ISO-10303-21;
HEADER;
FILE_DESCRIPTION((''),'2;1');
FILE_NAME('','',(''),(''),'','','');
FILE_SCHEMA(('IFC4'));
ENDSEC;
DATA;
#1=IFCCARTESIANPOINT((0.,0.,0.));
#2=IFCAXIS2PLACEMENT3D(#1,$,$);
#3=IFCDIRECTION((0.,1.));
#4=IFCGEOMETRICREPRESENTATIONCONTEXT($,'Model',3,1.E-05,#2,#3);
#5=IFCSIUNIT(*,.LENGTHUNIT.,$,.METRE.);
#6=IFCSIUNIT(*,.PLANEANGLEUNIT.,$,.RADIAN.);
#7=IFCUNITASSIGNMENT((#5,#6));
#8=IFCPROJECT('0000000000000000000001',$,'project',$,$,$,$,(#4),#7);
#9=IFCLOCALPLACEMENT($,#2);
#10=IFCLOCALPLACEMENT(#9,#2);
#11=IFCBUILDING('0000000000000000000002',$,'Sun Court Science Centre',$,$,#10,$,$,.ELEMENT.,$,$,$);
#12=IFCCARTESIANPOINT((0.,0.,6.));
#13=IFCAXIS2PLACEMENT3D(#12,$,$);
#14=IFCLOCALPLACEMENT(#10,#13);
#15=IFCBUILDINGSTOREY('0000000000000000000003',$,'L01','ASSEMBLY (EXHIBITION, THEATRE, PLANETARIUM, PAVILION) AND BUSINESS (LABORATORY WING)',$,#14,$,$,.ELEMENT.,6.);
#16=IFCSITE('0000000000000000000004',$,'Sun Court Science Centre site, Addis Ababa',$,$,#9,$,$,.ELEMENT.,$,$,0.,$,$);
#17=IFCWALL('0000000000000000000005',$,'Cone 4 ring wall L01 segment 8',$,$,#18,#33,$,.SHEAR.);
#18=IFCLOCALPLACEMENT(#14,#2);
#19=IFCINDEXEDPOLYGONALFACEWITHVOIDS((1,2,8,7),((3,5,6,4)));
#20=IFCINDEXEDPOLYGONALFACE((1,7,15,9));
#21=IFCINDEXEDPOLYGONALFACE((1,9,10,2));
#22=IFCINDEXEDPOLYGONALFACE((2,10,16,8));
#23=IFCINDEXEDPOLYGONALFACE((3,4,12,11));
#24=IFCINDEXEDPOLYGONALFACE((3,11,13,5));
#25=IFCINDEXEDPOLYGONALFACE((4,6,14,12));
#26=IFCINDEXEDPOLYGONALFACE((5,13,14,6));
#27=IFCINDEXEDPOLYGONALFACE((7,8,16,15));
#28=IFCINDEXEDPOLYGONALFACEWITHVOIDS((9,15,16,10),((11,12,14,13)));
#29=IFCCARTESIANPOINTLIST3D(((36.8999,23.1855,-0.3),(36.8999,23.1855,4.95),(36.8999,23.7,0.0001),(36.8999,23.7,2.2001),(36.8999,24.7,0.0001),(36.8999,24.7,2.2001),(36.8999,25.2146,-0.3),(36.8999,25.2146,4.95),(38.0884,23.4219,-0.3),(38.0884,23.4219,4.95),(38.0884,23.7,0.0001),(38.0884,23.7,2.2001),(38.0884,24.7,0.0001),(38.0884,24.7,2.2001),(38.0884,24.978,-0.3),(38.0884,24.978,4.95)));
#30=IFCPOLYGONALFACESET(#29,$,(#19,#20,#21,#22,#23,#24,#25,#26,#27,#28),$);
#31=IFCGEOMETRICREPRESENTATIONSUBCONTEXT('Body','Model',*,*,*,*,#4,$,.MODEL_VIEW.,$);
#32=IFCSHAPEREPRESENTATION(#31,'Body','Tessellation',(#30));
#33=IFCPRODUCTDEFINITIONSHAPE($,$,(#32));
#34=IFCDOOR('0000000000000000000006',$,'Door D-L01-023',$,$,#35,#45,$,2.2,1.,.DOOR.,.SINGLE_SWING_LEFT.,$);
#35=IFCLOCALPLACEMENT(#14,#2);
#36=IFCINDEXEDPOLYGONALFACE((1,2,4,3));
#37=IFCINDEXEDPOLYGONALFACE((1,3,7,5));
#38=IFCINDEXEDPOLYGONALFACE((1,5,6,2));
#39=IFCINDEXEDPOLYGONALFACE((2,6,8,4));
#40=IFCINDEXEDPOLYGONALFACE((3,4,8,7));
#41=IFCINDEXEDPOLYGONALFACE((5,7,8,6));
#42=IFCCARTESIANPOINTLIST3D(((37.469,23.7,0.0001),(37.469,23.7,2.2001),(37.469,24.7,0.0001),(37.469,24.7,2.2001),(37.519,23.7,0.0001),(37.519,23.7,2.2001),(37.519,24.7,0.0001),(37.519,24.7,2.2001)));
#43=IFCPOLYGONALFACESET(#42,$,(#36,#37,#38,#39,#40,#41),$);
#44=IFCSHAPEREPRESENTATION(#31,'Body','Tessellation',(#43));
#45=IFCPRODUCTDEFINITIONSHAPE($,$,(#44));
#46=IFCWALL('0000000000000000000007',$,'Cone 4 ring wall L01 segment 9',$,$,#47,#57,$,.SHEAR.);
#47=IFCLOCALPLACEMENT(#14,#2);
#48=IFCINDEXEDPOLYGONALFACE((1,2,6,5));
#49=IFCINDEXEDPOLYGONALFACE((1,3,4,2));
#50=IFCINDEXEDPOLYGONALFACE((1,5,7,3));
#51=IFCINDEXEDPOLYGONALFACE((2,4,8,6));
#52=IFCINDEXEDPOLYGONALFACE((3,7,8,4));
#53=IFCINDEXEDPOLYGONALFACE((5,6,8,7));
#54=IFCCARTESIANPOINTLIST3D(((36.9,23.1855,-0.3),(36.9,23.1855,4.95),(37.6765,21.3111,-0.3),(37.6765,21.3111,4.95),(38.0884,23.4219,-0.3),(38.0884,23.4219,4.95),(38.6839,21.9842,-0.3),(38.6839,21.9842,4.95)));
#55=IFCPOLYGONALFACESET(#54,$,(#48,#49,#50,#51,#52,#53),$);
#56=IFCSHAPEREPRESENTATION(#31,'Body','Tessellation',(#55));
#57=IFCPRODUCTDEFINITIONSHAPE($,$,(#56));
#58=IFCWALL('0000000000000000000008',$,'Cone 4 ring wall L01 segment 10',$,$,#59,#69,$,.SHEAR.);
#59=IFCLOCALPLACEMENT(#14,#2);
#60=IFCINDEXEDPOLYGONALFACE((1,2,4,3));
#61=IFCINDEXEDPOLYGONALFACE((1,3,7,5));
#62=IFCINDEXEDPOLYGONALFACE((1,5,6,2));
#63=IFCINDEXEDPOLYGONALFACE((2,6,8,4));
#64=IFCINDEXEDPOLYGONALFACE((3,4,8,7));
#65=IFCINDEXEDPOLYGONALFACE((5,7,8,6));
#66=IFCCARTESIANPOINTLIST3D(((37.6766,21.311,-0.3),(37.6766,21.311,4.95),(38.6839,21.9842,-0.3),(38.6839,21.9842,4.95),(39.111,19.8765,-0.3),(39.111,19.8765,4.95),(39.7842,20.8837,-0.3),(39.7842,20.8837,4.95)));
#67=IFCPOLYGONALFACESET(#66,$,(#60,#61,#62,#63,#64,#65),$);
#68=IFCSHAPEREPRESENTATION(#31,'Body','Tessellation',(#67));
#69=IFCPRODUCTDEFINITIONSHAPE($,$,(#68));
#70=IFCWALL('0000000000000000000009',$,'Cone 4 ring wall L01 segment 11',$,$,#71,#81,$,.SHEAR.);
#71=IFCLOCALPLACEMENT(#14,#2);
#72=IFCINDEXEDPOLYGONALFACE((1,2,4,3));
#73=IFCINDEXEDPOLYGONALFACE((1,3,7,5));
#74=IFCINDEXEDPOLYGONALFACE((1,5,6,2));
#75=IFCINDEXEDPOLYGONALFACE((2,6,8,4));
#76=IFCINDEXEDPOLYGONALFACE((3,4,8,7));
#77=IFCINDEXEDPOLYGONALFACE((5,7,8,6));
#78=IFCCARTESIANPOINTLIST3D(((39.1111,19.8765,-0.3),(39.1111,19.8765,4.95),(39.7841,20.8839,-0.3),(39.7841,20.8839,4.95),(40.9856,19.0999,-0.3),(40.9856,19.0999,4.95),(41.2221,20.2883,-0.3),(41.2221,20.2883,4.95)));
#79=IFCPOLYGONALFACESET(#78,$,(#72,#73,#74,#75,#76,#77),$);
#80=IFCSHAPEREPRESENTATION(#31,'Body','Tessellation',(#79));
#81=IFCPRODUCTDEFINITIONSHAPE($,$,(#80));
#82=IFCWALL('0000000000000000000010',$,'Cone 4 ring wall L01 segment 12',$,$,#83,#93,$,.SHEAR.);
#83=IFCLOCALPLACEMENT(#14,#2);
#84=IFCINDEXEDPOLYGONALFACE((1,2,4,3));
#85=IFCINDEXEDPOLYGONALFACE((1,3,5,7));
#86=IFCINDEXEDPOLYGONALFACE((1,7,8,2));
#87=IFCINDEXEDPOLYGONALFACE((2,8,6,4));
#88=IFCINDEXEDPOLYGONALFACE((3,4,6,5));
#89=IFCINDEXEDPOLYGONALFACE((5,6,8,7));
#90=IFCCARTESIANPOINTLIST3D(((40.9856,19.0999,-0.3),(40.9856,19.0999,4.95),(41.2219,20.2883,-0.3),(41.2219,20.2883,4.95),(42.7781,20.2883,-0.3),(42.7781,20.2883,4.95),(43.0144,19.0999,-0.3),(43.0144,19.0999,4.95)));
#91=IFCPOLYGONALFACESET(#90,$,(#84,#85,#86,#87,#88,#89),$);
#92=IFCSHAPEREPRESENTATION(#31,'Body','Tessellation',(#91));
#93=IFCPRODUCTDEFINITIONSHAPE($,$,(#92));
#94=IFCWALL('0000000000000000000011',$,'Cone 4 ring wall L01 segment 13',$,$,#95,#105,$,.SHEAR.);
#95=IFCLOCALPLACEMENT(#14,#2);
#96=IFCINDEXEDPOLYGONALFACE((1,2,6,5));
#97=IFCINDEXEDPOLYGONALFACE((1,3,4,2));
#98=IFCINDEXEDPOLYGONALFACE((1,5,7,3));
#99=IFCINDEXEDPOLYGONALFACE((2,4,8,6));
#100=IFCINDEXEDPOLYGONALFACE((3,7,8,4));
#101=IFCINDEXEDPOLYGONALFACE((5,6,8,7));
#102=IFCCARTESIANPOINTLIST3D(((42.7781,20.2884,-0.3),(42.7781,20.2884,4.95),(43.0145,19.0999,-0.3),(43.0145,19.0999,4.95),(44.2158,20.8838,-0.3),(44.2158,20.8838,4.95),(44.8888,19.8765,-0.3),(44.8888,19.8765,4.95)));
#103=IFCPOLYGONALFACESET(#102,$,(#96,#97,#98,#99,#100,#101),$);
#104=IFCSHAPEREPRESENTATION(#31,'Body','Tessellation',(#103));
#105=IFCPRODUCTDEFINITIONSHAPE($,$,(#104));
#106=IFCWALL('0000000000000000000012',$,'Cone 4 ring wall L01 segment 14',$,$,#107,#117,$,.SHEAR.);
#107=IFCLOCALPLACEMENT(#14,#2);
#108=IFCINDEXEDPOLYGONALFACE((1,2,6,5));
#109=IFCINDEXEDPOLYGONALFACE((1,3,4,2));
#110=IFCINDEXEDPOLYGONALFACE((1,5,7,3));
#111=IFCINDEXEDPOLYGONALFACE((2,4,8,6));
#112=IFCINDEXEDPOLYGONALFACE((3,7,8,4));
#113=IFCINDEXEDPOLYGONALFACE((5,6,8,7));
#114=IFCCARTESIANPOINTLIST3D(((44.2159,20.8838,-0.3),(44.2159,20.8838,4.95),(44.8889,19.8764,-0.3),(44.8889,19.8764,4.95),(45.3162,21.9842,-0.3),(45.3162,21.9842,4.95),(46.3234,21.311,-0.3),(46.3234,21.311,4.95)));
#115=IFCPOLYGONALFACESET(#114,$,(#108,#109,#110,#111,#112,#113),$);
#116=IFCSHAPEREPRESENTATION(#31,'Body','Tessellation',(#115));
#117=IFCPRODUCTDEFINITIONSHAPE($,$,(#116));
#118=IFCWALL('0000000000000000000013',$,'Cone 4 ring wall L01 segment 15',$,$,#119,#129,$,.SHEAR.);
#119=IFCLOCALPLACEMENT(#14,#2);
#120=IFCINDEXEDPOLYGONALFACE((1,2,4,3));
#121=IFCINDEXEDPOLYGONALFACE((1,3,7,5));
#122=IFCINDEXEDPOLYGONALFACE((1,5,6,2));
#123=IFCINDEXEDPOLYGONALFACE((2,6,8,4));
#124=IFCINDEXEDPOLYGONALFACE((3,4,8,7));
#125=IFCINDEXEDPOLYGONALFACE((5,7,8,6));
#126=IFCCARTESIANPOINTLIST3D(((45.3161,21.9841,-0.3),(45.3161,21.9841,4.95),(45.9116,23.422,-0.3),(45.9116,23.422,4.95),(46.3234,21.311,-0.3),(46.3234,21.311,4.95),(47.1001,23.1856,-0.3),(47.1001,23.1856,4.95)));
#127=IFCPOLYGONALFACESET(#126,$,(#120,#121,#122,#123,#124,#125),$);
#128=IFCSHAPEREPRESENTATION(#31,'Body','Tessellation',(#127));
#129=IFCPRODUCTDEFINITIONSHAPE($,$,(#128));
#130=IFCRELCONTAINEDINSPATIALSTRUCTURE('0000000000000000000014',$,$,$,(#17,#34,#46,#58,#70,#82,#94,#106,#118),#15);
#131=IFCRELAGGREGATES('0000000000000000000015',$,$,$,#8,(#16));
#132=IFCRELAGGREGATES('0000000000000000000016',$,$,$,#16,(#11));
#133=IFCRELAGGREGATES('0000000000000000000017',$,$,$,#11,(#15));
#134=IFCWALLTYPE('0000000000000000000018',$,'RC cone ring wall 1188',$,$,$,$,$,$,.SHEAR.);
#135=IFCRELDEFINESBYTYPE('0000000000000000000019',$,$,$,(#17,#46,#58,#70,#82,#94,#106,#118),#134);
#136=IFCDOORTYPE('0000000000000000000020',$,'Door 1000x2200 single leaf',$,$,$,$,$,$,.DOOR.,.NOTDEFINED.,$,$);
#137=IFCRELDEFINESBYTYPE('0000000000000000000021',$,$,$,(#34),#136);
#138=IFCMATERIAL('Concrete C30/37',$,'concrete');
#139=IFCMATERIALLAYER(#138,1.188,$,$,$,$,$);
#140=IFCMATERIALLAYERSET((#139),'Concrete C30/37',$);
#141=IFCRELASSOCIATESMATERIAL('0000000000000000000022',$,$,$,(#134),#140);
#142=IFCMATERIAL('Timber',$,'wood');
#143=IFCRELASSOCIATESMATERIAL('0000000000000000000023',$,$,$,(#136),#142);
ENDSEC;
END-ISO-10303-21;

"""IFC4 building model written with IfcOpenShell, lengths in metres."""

from ifc_helpers import new_model, si_unit, direction, frame, frame_2d, origin, place, context, subcontext, project, spatial, polyline, rectangle, outline, extrude, material, layer, layer_set, type_object, element, fill, save


model = new_model("IFC4")

# Units and contexts
model_context = context("Model", 3, precision=1e-05, world=origin(), true_north=direction((0.0, 1.0)))
body_context = subcontext(model_context, "Body", "Model", "MODEL_VIEW")
ifc_project = project(units=[si_unit("LENGTHUNIT", "METRE"), si_unit("PLANEANGLEUNIT", "RADIAN")], contexts=[model_context])

# Site, building, storey
site_placement = place(None, origin())
site = spatial("IfcSite", under=ifc_project, at=site_placement, Name="Sun Court Science Centre site, Addis Ababa", CompositionType="ELEMENT", RefElevation=0.0)
building_placement = place(site_placement, origin())
building = spatial("IfcBuilding", under=site, at=building_placement, Name="Sun Court Science Centre", CompositionType="ELEMENT")
storey_placement = place(building_placement, frame((0.0, 0.0, 6.0)))
storey = spatial("IfcBuildingStorey", under=building, at=storey_placement, Name="L01", Description="ASSEMBLY (EXHIBITION, THEATRE, PLANETARIUM, PAVILION) AND BUSINESS (LABORATORY WING)", CompositionType="ELEMENT", Elevation=6.0)

# Shared definitions
ifc_material_1 = material(Name="Concrete C30/37", Category="concrete")
ifc_layer_1 = layer(ifc_material_1, 1.188)
ifc_layer_set_1 = layer_set([ifc_layer_1], Name="Concrete C30/37")
wall_type_1 = type_object("IfcWallType", Name="RC cone ring wall 1188", PredefinedType="SHEAR", material=ifc_layer_set_1)

# Wall, opening, door
wall_1_placement = place(storey_placement, frame((37.4941, 25.2144, -0.3), z_axis=(0.0, 0.0, 1.0), x_axis=(0.0, -1.0, 0.0)))
wall_1 = element("IfcWall", 1, at=wall_1_placement, inside=storey, type_object=wall_type_1, Name="Cone 4 ring wall L01 segment 8", PredefinedType="SHEAR", context=body_context, shape_type="SweptSolid", body=[
    extrude(outline(polyline([(-0.0002, -0.5942), (2.0288, -0.5942), (1.7925, 0.5942), (0.2363, 0.5942), (-0.0002, -0.5942)])), origin(), (0.0, 0.0, 1.0), 5.25),
])
opening_1_placement = place(wall_1_placement, frame((0.5144, 0.0, 0.3)))
opening_1 = element("IfcOpeningElement", 2, at=opening_1_placement, cuts=wall_1, PredefinedType="OPENING", context=body_context, shape_type="SweptSolid", body=[
    extrude(rectangle(XDim=1.0, YDim=2.2, at=frame_2d((0.5, 1.1001))), frame((0.0, 0.6042, 0.0), z_axis=(0.0, -1.0, 0.0), x_axis=(1.0, 0.0, 0.0)), (0.0, 0.0, 1.0), 1.2085),
])
ifc_material_2 = material(Name="Timber", Category="wood")
door_type_1 = type_object("IfcDoorType", Name="Door 1000x2200 single leaf", OperationType="NOTDEFINED", PredefinedType="DOOR", material=ifc_material_2)
door_1_placement = place(opening_1_placement, origin())
door_1 = element("IfcDoor", 3, at=door_1_placement, inside=storey, type_object=door_type_1, Name="Door D-L01-023", OperationType="SINGLE_SWING_LEFT", OverallHeight=2.2, OverallWidth=1.0, PredefinedType="DOOR", context=body_context, shape_type="SweptSolid", body=[
    extrude(rectangle(XDim=1.0, YDim=2.2, at=frame_2d((0.5, 1.1001))), frame((0.0, 0.0249, 0.0), z_axis=(0.0, -1.0, 0.0), x_axis=(1.0, 0.0, 0.0)), (0.0, 0.0, 1.0), 0.05),
])
fill(opening_1, door_1)

# Walls
wall_2_placement = place(storey_placement, frame((37.449, 23.4128, -0.3), z_axis=(0.0, 0.0, 1.0), x_axis=(0.382649, -0.923894, 0.0)))
element("IfcWall", 4, at=wall_2_placement, inside=storey, type_object=wall_type_1, Name="Cone 4 ring wall L01 segment 9", PredefinedType="SHEAR", context=body_context, shape_type="SweptSolid", body=[
    extrude(outline(polyline([(0.0, -0.5942), (2.0288, -0.594), (1.7925, 0.5942), (0.2363, 0.5942), (0.0, -0.5942)])), origin(), (0.0, 0.0, 1.0), 5.25),
])
wall_3_placement = place(storey_placement, frame((38.0964, 21.7312, -0.3), z_axis=(0.0, 0.0, 1.0), x_axis=(0.707167, -0.707047, 0.0)))
element("IfcWall", 5, at=wall_3_placement, inside=storey, type_object=wall_type_1, Name="Cone 4 ring wall L01 segment 10", PredefinedType="SHEAR", context=body_context, shape_type="SweptSolid", body=[
    extrude(outline(polyline([(0.0002, -0.594), (2.0288, -0.5942), (1.7927, 0.594), (0.2366, 0.5942), (0.0002, -0.594)])), origin(), (0.0, 0.0, 1.0), 5.25),
])
wall_4_placement = place(storey_placement, frame((39.3384, 20.4253, -0.3), z_axis=(0.0, 0.0, 1.0), x_axis=(0.923894, -0.382649, 0.0)))
element("IfcWall", 6, at=wall_4_placement, inside=storey, type_object=wall_type_1, Name="Cone 4 ring wall L01 segment 11", PredefinedType="SHEAR", context=body_context, shape_type="SweptSolid", body=[
    extrude(outline(polyline([(0.0, -0.594), (2.0291, -0.5942), (1.7927, 0.5942), (0.2363, 0.5942), (0.0, -0.594)])), origin(), (0.0, 0.0, 1.0), 5.25),
])
wall_5_placement = place(storey_placement, frame((40.9856, 19.6941, -0.3), z_axis=(0.0, 0.0, 1.0), x_axis=(1.0, 0.0, 0.0)))
element("IfcWall", 7, at=wall_5_placement, inside=storey, type_object=wall_type_1, Name="Cone 4 ring wall L01 segment 12", PredefinedType="SHEAR", context=body_context, shape_type="SweptSolid", body=[
    extrude(outline(polyline([(0.0, -0.5942), (2.0288, -0.5942), (1.7925, 0.5942), (0.2363, 0.5942), (0.0, -0.5942)])), origin(), (0.0, 0.0, 1.0), 5.25),
])
wall_6_placement = place(storey_placement, frame((42.7871, 19.6489, -0.3), z_axis=(0.0, 0.0, 1.0), x_axis=(0.923894, 0.382649, 0.0)))
element("IfcWall", 8, at=wall_6_placement, inside=storey, type_object=wall_type_1, Name="Cone 4 ring wall L01 segment 13", PredefinedType="SHEAR", context=body_context, shape_type="SweptSolid", body=[
    extrude(outline(polyline([(0.0, -0.5942), (2.0288, -0.594), (1.7925, 0.5942), (0.2363, 0.5942), (0.0, -0.5942)])), origin(), (0.0, 0.0, 1.0), 5.25),
])
wall_7_placement = place(storey_placement, frame((44.4688, 20.2966, -0.3), z_axis=(0.0, 0.0, 1.0), x_axis=(0.707167, 0.707047, 0.0)))
element("IfcWall", 9, at=wall_7_placement, inside=storey, type_object=wall_type_1, Name="Cone 4 ring wall L01 segment 14", PredefinedType="SHEAR", context=body_context, shape_type="SweptSolid", body=[
    extrude(outline(polyline([(0.0, -0.5942), (2.0288, -0.594), (1.7925, 0.5942), (0.2363, 0.594), (0.0, -0.5942)])), origin(), (0.0, 0.0, 1.0), 5.25),
])
wall_8_placement = place(storey_placement, frame((45.7747, 21.5383, -0.3), z_axis=(0.0, 0.0, 1.0), x_axis=(0.382649, 0.923894, 0.0)))
element("IfcWall", 10, at=wall_8_placement, inside=storey, type_object=wall_type_1, Name="Cone 4 ring wall L01 segment 15", PredefinedType="SHEAR", context=body_context, shape_type="SweptSolid", body=[
    extrude(outline(polyline([(0.0, -0.594), (2.0291, -0.5942), (1.7927, 0.5942), (0.2363, 0.5942), (0.0, -0.594)])), origin(), (0.0, 0.0, 1.0), 5.25),
])

save(model, "model.ifc")
